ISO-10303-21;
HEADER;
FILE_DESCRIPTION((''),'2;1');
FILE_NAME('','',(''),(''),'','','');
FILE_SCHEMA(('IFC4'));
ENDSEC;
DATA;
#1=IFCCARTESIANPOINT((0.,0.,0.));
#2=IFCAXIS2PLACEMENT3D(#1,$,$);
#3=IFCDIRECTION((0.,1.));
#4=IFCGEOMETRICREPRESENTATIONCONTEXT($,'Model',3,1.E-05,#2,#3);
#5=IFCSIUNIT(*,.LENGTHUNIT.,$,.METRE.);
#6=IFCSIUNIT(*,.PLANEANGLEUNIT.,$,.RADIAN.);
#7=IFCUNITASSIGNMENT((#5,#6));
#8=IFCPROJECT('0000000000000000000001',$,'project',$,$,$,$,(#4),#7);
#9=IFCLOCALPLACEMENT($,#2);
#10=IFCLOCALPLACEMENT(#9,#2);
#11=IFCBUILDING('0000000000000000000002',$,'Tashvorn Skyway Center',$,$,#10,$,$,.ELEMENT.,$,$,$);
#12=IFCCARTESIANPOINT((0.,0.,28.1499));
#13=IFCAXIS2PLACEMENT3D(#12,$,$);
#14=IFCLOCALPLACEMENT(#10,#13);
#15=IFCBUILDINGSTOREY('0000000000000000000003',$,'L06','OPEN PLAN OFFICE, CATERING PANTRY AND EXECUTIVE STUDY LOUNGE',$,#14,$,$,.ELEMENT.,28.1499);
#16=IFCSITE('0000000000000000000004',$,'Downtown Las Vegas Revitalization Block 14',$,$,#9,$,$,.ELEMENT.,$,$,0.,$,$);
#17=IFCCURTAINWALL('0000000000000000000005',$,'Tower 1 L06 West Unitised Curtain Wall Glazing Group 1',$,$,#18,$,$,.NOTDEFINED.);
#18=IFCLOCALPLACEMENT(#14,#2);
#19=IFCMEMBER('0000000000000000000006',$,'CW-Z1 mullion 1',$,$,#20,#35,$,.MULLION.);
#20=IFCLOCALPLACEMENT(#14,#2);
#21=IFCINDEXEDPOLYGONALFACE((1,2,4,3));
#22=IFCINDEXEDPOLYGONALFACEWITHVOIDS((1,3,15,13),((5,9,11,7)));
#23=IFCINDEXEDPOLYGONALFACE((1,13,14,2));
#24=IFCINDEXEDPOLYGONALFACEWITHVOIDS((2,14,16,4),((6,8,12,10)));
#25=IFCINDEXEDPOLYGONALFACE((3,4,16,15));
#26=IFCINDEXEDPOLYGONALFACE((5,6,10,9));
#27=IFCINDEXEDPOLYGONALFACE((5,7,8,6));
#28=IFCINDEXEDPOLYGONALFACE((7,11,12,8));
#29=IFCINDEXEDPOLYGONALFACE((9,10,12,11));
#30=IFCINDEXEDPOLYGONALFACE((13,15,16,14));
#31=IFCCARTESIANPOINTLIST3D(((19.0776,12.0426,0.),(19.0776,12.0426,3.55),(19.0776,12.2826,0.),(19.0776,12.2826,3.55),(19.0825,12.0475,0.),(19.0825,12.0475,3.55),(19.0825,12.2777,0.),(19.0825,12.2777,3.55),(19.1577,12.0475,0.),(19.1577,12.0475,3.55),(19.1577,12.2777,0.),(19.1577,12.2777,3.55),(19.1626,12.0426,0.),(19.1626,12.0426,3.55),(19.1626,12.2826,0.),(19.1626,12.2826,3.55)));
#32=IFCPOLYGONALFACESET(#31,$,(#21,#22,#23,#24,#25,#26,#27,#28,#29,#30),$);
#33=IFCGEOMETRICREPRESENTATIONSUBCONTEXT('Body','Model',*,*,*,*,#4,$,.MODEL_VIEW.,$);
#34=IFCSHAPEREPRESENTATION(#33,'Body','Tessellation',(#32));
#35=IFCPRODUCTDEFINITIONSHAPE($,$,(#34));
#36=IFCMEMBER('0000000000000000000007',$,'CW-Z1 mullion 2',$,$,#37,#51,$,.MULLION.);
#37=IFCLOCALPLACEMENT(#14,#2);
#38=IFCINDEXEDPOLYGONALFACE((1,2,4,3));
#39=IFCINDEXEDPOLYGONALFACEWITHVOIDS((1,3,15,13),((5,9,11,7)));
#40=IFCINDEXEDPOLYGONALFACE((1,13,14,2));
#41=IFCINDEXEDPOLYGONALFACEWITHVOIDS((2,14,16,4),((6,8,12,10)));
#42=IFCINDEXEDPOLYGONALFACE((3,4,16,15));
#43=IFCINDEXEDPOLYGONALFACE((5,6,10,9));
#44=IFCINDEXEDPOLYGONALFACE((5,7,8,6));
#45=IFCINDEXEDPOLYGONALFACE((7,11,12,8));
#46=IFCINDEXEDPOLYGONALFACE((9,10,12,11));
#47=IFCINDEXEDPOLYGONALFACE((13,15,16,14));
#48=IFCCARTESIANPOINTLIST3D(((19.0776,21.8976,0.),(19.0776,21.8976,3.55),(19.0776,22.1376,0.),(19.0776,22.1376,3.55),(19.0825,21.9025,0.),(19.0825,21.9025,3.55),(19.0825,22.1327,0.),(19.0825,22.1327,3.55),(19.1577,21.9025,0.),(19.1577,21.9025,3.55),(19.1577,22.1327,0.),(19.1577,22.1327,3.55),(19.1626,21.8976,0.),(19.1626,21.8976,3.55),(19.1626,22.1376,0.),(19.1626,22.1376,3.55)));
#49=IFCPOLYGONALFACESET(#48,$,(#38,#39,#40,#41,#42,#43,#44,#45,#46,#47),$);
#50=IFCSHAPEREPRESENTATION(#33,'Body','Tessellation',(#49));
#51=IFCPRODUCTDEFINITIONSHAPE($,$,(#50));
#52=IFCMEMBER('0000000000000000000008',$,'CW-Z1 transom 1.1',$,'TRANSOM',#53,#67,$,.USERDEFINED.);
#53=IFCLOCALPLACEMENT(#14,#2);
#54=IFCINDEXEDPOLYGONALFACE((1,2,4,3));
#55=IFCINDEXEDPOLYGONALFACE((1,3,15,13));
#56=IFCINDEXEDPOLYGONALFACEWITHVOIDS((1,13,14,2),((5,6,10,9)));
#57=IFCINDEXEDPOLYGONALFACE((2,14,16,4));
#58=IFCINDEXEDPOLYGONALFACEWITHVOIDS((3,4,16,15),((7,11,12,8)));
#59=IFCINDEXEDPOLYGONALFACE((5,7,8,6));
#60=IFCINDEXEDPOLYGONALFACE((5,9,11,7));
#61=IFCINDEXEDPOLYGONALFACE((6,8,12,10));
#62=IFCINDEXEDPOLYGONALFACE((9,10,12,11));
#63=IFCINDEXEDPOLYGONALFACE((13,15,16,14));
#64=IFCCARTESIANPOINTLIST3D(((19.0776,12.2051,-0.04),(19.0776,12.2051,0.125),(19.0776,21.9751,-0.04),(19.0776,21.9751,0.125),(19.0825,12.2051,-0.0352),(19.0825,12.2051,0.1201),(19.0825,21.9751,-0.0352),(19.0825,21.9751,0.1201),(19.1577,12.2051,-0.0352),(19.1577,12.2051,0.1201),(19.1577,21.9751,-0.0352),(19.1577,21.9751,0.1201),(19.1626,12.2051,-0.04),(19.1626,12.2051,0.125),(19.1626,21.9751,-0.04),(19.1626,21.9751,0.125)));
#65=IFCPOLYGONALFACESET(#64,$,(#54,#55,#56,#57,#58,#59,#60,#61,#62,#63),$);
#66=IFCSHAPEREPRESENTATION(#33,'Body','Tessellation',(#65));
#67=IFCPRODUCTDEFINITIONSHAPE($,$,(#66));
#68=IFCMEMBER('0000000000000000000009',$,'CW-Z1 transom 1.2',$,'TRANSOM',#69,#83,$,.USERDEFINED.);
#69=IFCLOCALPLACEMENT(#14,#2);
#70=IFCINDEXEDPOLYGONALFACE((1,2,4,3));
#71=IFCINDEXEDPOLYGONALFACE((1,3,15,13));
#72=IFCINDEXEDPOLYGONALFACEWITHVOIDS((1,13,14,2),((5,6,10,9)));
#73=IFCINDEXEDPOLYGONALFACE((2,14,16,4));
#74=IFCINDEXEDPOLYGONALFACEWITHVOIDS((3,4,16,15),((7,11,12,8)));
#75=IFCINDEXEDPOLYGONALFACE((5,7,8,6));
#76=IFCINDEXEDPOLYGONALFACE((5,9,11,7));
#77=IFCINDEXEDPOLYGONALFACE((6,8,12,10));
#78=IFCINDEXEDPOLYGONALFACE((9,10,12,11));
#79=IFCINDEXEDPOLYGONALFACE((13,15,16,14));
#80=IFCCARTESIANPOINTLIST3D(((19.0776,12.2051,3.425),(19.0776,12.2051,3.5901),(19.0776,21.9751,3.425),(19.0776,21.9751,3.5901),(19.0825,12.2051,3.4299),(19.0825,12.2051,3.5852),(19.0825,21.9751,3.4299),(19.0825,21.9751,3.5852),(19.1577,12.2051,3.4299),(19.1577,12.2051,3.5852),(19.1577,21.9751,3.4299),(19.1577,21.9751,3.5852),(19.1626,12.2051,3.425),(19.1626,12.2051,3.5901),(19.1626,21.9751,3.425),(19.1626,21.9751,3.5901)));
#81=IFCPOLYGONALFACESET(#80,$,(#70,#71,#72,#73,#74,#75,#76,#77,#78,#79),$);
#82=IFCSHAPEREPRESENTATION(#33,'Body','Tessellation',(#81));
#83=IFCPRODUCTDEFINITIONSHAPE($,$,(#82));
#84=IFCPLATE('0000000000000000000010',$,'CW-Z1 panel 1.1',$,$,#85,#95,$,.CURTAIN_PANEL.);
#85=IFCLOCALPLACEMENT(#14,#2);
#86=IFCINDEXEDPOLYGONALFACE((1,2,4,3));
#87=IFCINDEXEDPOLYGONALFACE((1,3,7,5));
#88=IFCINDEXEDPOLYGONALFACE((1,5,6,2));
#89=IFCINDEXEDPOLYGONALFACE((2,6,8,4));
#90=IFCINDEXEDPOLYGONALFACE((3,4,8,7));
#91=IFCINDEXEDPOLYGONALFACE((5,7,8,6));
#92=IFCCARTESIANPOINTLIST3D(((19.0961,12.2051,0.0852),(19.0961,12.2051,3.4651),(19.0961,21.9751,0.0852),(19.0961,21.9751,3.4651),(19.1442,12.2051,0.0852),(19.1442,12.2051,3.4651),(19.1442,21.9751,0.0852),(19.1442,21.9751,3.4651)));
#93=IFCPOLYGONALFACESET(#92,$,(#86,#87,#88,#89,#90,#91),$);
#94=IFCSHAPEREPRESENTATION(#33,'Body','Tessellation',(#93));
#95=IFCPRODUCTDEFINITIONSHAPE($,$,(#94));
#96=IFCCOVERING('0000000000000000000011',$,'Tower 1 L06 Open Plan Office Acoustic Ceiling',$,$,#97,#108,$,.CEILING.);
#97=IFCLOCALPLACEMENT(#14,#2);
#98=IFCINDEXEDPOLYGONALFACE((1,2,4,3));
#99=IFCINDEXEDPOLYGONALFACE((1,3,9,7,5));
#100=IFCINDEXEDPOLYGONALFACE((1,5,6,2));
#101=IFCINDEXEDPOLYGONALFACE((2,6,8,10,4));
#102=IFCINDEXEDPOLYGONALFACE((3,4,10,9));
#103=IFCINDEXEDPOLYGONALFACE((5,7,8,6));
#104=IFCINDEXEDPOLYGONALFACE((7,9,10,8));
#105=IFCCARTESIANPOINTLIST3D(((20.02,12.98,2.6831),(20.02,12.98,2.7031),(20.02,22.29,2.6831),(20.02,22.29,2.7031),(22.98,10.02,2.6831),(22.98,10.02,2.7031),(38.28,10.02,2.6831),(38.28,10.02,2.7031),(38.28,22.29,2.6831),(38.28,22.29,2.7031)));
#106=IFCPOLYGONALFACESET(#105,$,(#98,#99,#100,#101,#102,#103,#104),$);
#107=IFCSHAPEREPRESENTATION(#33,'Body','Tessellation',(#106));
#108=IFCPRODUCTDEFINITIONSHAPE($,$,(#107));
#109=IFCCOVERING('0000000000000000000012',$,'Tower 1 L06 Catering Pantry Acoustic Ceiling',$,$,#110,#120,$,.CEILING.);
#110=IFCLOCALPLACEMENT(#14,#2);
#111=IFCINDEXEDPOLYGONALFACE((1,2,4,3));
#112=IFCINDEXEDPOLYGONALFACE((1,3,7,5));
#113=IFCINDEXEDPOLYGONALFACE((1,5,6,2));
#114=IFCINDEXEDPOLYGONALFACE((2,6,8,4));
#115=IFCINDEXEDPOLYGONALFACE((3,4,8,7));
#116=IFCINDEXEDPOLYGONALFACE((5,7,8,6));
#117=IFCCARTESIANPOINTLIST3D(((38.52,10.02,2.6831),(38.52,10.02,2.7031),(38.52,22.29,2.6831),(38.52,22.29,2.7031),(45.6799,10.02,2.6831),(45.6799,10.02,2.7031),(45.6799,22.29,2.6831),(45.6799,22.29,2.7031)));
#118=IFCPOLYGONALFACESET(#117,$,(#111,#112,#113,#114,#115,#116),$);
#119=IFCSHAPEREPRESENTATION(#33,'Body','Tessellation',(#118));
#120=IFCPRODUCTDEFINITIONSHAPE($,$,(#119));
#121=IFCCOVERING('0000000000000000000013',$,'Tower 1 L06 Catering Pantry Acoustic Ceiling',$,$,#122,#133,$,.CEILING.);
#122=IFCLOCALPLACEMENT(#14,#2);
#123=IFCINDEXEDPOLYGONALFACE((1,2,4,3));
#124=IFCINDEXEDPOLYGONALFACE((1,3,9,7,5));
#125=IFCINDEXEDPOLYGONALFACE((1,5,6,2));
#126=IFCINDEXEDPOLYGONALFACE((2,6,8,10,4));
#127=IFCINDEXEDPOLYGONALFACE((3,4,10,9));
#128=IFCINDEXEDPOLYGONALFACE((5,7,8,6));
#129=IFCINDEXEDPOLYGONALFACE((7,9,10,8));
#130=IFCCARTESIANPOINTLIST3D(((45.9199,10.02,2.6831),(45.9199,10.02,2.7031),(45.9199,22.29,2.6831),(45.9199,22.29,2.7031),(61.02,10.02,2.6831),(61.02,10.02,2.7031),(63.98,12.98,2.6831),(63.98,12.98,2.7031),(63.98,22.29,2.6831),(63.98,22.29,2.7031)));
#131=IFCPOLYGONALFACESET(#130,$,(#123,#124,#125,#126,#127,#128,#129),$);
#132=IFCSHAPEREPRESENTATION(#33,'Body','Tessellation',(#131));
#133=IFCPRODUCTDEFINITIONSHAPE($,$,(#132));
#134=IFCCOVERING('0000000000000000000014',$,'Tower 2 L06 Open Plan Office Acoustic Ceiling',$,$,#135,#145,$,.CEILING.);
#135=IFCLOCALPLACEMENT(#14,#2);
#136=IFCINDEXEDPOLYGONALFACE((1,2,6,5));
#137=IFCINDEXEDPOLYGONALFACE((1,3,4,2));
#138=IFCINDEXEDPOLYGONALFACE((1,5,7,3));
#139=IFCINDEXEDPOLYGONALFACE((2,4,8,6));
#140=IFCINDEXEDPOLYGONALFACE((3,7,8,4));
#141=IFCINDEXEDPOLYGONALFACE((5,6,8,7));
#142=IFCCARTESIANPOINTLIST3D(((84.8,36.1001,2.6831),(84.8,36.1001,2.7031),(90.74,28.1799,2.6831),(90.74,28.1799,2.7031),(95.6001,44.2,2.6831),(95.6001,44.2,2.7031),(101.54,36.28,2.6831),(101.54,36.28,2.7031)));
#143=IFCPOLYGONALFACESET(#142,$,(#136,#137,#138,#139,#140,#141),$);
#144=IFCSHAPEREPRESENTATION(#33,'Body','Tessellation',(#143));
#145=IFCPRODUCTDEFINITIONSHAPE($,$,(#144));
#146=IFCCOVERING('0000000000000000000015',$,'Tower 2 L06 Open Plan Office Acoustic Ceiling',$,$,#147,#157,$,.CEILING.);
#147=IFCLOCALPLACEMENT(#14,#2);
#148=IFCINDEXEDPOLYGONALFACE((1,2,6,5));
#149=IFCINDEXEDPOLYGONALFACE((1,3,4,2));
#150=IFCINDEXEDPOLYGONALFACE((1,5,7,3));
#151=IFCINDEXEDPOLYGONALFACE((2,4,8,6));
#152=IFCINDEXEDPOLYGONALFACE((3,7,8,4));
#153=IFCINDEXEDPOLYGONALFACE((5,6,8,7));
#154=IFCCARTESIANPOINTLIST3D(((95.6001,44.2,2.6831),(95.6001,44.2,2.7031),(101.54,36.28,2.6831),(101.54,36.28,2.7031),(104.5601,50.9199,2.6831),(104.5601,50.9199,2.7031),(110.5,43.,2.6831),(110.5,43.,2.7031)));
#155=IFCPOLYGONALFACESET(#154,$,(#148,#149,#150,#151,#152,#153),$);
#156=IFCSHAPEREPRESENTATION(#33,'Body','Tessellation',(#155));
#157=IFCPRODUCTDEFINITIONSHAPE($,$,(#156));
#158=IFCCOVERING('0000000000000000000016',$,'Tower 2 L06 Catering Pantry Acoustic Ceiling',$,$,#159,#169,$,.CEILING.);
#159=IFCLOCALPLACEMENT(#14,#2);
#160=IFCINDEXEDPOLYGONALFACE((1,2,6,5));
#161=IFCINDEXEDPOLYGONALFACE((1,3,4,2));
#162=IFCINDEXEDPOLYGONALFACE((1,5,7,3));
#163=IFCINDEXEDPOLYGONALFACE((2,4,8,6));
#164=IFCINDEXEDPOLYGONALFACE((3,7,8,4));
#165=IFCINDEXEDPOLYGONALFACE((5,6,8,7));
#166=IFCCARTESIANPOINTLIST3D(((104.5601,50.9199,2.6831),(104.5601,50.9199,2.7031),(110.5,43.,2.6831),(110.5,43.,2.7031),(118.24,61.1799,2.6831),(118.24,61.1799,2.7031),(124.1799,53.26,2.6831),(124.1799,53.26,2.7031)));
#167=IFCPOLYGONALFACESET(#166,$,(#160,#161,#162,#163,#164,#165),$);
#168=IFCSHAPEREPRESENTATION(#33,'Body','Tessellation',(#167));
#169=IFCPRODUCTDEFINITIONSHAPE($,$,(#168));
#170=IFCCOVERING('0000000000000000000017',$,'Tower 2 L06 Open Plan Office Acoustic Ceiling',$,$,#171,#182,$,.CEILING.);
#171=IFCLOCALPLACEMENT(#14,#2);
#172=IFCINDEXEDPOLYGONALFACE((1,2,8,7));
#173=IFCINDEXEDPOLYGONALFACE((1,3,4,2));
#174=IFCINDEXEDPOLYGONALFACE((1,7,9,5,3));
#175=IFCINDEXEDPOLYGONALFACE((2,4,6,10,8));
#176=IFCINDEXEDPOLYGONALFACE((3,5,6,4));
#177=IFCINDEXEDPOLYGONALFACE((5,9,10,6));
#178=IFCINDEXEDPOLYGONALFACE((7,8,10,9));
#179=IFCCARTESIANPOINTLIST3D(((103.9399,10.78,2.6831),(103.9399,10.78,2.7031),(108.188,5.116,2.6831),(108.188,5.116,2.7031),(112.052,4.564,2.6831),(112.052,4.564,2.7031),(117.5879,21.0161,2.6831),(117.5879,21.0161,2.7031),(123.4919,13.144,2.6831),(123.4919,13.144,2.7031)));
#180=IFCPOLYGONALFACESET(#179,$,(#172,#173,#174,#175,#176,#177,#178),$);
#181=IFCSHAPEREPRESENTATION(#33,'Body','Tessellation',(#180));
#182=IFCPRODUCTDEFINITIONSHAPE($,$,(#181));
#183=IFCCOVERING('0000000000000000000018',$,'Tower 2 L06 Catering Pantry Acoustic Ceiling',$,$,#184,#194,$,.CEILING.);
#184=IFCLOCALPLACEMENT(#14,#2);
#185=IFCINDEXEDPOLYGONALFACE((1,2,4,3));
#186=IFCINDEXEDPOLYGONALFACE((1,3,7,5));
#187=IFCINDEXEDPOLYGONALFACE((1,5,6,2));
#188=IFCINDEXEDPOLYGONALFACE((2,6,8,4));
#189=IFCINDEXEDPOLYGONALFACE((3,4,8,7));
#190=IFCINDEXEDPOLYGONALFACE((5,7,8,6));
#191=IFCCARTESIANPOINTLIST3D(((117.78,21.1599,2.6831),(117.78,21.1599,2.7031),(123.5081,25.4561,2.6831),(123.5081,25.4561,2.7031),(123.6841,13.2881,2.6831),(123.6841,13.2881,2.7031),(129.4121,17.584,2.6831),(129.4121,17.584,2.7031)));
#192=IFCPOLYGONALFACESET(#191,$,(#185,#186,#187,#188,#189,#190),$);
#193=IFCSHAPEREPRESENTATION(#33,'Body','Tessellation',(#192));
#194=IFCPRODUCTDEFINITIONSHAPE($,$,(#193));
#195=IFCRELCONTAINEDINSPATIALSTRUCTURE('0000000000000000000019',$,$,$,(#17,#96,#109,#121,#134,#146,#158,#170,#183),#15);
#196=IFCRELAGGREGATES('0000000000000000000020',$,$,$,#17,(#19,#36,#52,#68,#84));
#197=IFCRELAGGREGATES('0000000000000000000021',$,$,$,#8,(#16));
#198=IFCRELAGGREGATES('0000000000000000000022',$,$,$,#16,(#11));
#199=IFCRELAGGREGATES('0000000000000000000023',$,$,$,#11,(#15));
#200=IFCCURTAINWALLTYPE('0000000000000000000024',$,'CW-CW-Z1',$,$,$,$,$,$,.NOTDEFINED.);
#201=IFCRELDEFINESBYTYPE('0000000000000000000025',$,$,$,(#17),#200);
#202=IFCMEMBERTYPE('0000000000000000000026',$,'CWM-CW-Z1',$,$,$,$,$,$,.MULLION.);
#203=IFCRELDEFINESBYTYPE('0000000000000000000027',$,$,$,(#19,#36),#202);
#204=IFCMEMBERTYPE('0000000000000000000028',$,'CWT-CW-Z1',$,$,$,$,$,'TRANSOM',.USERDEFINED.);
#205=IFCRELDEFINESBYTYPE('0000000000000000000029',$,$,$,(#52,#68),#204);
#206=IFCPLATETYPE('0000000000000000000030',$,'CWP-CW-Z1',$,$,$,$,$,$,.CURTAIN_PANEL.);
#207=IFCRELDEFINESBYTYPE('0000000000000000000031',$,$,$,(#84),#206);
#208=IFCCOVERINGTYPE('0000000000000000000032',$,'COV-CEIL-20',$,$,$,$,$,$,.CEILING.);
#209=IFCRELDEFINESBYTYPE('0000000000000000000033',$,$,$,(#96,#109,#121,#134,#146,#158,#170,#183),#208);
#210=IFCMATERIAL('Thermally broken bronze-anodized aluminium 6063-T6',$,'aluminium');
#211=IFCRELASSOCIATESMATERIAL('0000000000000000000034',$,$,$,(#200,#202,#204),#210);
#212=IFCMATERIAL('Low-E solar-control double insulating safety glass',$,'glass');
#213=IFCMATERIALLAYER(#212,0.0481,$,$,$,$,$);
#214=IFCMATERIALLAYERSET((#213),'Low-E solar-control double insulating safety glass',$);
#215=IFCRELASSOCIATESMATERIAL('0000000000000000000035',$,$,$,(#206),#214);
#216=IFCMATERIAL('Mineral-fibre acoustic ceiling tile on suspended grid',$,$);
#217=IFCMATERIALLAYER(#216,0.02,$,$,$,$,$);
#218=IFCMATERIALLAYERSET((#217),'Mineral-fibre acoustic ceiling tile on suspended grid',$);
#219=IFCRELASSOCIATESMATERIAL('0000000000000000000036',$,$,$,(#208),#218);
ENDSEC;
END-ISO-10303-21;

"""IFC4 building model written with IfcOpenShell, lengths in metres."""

from ifc_helpers import new_model, si_unit, direction, frame, origin, origin_2d, place, context, subcontext, project, spatial, polyline, rectangle, hollow_rectangle, outline, extrude, material, layer, layer_set, material_profile, profile_set, type_object, element, aggregate, save


model = new_model("IFC4")

# Units and contexts
model_context = context("Model", 3, precision=1e-05, world=origin(), true_north=direction((0.0, 1.0)))
body_context = subcontext(model_context, "Body", "Model", "MODEL_VIEW")
ifc_project = project(units=[si_unit("LENGTHUNIT", "METRE"), si_unit("PLANEANGLEUNIT", "RADIAN")], contexts=[model_context])

# Site, building, storey
site_placement = place(None, origin())
site = spatial("IfcSite", under=ifc_project, at=site_placement, Name="Downtown Las Vegas Revitalization Block 14", CompositionType="ELEMENT", RefElevation=0.0)
building_placement = place(site_placement, origin())
building = spatial("IfcBuilding", under=site, at=building_placement, Name="Tashvorn Skyway Center", CompositionType="ELEMENT")
storey_placement = place(building_placement, frame((0.0, 0.0, 28.1499)))
storey = spatial("IfcBuildingStorey", under=building, at=storey_placement, Name="L06", Description="OPEN PLAN OFFICE, CATERING PANTRY AND EXECUTIVE STUDY LOUNGE", CompositionType="ELEMENT", Elevation=28.1499)

# Curtain wall, members, plate
ifc_material_1 = material(Name="Thermally broken bronze-anodized aluminium 6063-T6", Category="aluminium")
curtain_wall_type = type_object("IfcCurtainWallType", Name="CW-CW-Z1", PredefinedType="NOTDEFINED", material=ifc_material_1)
curtain_wall_placement = place(storey_placement, origin())
curtain_wall = element("IfcCurtainWall", 1, at=curtain_wall_placement, inside=storey, type_object=curtain_wall_type, Name="Tower 1 L06 West Unitised Curtain Wall Glazing Group 1", PredefinedType="NOTDEFINED")
ifc_material_profile_1 = material_profile(ifc_material_1, hollow_rectangle(XDim=0.085, YDim=0.24, WallThickness=0.0049, at=origin_2d()), Name="ALU-MULL-85x240")
ifc_profile_set_1 = profile_set([ifc_material_profile_1], Name="Thermally broken bronze-anodized aluminium 6063-T6")
member_type_1 = type_object("IfcMemberType", Name="CWM-CW-Z1", PredefinedType="MULLION", material=ifc_profile_set_1)
member_1_placement = place(storey_placement, frame((19.1201, 12.1626, 0.0), z_axis=(0.0, 0.0, 1.0), x_axis=(-1.0, 0.0, 0.0)))
member_1 = element("IfcMember", 2, at=member_1_placement, type_object=member_type_1, Name="CW-Z1 mullion 1", PredefinedType="MULLION", context=body_context, shape_type="SweptSolid", body=[
    extrude(hollow_rectangle(XDim=0.085, YDim=0.24, WallThickness=0.0049, at=origin_2d()), origin(), (0.0, 0.0, 1.0), 3.55),
])
member_2_placement = place(storey_placement, frame((19.1201, 22.0176, 0.0), z_axis=(0.0, 0.0, 1.0), x_axis=(-1.0, 0.0, 0.0)))
member_2 = element("IfcMember", 3, at=member_2_placement, type_object=member_type_1, Name="CW-Z1 mullion 2", PredefinedType="MULLION", context=body_context, shape_type="SweptSolid", body=[
    extrude(hollow_rectangle(XDim=0.085, YDim=0.24, WallThickness=0.0049, at=origin_2d()), origin(), (0.0, 0.0, 1.0), 3.55),
])
ifc_material_profile_2 = material_profile(ifc_material_1, hollow_rectangle(XDim=0.085, YDim=0.165, WallThickness=0.0049, at=origin_2d()), Name="ALU-TRAN-85x165")
ifc_profile_set_2 = profile_set([ifc_material_profile_2], Name="Thermally broken bronze-anodized aluminium 6063-T6")
member_type_2 = type_object("IfcMemberType", Name="CWT-CW-Z1", ElementType="TRANSOM", PredefinedType="USERDEFINED", material=ifc_profile_set_2)
member_3_placement = place(storey_placement, frame((19.1201, 12.2051, 0.0425), z_axis=(0.0, 1.0, 0.0), x_axis=(-1.0, 0.0, 0.0)))
member_3 = element("IfcMember", 4, at=member_3_placement, type_object=member_type_2, Name="CW-Z1 transom 1.1", ObjectType="TRANSOM", PredefinedType="USERDEFINED", context=body_context, shape_type="SweptSolid", body=[
    extrude(hollow_rectangle(XDim=0.085, YDim=0.165, WallThickness=0.0049, at=origin_2d()), origin(), (0.0, 0.0, 1.0), 9.77),
])
member_4_placement = place(storey_placement, frame((19.1201, 12.2051, 3.5076), z_axis=(0.0, 1.0, 0.0), x_axis=(-1.0, 0.0, 0.0)))
member_4 = element("IfcMember", 5, at=member_4_placement, type_object=member_type_2, Name="CW-Z1 transom 1.2", ObjectType="TRANSOM", PredefinedType="USERDEFINED", context=body_context, shape_type="SweptSolid", body=[
    extrude(hollow_rectangle(XDim=0.085, YDim=0.165, WallThickness=0.0049, at=origin_2d()), origin(), (0.0, 0.0, 1.0), 9.77),
])
ifc_material_2 = material(Name="Low-E solar-control double insulating safety glass", Category="glass")
ifc_layer_1 = layer(ifc_material_2, 0.0481)
ifc_layer_set_1 = layer_set([ifc_layer_1], Name="Low-E solar-control double insulating safety glass")
plate_type = type_object("IfcPlateType", Name="CWP-CW-Z1", PredefinedType="CURTAIN_PANEL", material=ifc_layer_set_1)
plate_placement = place(storey_placement, frame((19.1201, 17.0901, 0.0852), z_axis=(0.0, 0.0, 1.0), x_axis=(0.0, 1.0, 0.0)))
plate = element("IfcPlate", 6, at=plate_placement, type_object=plate_type, Name="CW-Z1 panel 1.1", PredefinedType="CURTAIN_PANEL", context=body_context, shape_type="SweptSolid", body=[
    extrude(rectangle(XDim=9.77, YDim=0.0481, at=origin_2d()), origin(), (0.0, 0.0, 1.0), 3.3799),
])
aggregate(curtain_wall, [member_1, member_2, member_3, member_4, plate])

# Coverings
ifc_material_3 = material(Name="Mineral-fibre acoustic ceiling tile on suspended grid")
ifc_layer_2 = layer(ifc_material_3, 0.02)
ifc_layer_set_2 = layer_set([ifc_layer_2], Name="Mineral-fibre acoustic ceiling tile on suspended grid")
covering_type_1 = type_object("IfcCoveringType", Name="COV-CEIL-20", PredefinedType="CEILING", material=ifc_layer_set_2)
covering_1_placement = place(storey_placement, frame((0.0, 0.0, 2.6831)))
element("IfcCovering", 7, at=covering_1_placement, inside=storey, type_object=covering_type_1, Name="Tower 1 L06 Open Plan Office Acoustic Ceiling", PredefinedType="CEILING", context=body_context, shape_type="SweptSolid", body=[
    extrude(outline(polyline([(20.02, 22.29), (38.28, 22.29), (38.28, 10.02), (22.98, 10.02), (20.02, 12.98), (20.02, 22.29)])), origin(), (0.0, 0.0, 1.0), 0.02),
])
covering_2_placement = place(storey_placement, frame((0.0, 0.0, 2.6831)))
element("IfcCovering", 8, at=covering_2_placement, inside=storey, type_object=covering_type_1, Name="Tower 1 L06 Catering Pantry Acoustic Ceiling", PredefinedType="CEILING", context=body_context, shape_type="SweptSolid", body=[
    extrude(outline(polyline([(38.52, 22.29), (45.6799, 22.29), (45.6799, 10.02), (38.52, 10.02), (38.52, 22.29)])), origin(), (0.0, 0.0, 1.0), 0.02),
])
covering_3_placement = place(storey_placement, frame((0.0, 0.0, 2.6831)))
element("IfcCovering", 9, at=covering_3_placement, inside=storey, type_object=covering_type_1, Name="Tower 1 L06 Catering Pantry Acoustic Ceiling", PredefinedType="CEILING", context=body_context, shape_type="SweptSolid", body=[
    extrude(outline(polyline([(45.9199, 10.02), (45.9199, 22.29), (63.98, 22.29), (63.98, 12.98), (61.02, 10.02), (45.9199, 10.02)])), origin(), (0.0, 0.0, 1.0), 0.02),
])
covering_4_placement = place(storey_placement, frame((0.0, 0.0, 2.6831)))
element("IfcCovering", 10, at=covering_4_placement, inside=storey, type_object=covering_type_1, Name="Tower 2 L06 Open Plan Office Acoustic Ceiling", PredefinedType="CEILING", context=body_context, shape_type="SweptSolid", body=[
    extrude(outline(polyline([(90.74, 28.1799), (101.54, 36.28), (95.6001, 44.2), (84.8, 36.1001), (90.74, 28.1799)])), origin(), (0.0, 0.0, 1.0), 0.02),
])
covering_5_placement = place(storey_placement, frame((0.0, 0.0, 2.6831)))
element("IfcCovering", 11, at=covering_5_placement, inside=storey, type_object=covering_type_1, Name="Tower 2 L06 Open Plan Office Acoustic Ceiling", PredefinedType="CEILING", context=body_context, shape_type="SweptSolid", body=[
    extrude(outline(polyline([(101.54, 36.28), (110.5, 43.0), (104.5601, 50.9199), (95.6001, 44.2), (101.54, 36.28)])), origin(), (0.0, 0.0, 1.0), 0.02),
])
covering_6_placement = place(storey_placement, frame((0.0, 0.0, 2.6831)))
element("IfcCovering", 12, at=covering_6_placement, inside=storey, type_object=covering_type_1, Name="Tower 2 L06 Catering Pantry Acoustic Ceiling", PredefinedType="CEILING", context=body_context, shape_type="SweptSolid", body=[
    extrude(outline(polyline([(110.5, 43.0), (124.1799, 53.26), (118.24, 61.1799), (104.5601, 50.9199), (110.5, 43.0)])), origin(), (0.0, 0.0, 1.0), 0.02),
])
covering_7_placement = place(storey_placement, frame((0.0, 0.0, 2.6831)))
element("IfcCovering", 13, at=covering_7_placement, inside=storey, type_object=covering_type_1, Name="Tower 2 L06 Open Plan Office Acoustic Ceiling", PredefinedType="CEILING", context=body_context, shape_type="SweptSolid", body=[
    extrude(outline(polyline([(103.9399, 10.78), (117.5879, 21.0161), (123.4919, 13.144), (112.052, 4.564), (108.188, 5.116), (103.9399, 10.78)])), origin(), (0.0, 0.0, 1.0), 0.02),
])
covering_8_placement = place(storey_placement, frame((0.0, 0.0, 2.6831)))
element("IfcCovering", 14, at=covering_8_placement, inside=storey, type_object=covering_type_1, Name="Tower 2 L06 Catering Pantry Acoustic Ceiling", PredefinedType="CEILING", context=body_context, shape_type="SweptSolid", body=[
    extrude(outline(polyline([(117.78, 21.1599), (123.5081, 25.4561), (129.4121, 17.584), (123.6841, 13.2881), (117.78, 21.1599)])), origin(), (0.0, 0.0, 1.0), 0.02),
])

save(model, "model.ifc")
